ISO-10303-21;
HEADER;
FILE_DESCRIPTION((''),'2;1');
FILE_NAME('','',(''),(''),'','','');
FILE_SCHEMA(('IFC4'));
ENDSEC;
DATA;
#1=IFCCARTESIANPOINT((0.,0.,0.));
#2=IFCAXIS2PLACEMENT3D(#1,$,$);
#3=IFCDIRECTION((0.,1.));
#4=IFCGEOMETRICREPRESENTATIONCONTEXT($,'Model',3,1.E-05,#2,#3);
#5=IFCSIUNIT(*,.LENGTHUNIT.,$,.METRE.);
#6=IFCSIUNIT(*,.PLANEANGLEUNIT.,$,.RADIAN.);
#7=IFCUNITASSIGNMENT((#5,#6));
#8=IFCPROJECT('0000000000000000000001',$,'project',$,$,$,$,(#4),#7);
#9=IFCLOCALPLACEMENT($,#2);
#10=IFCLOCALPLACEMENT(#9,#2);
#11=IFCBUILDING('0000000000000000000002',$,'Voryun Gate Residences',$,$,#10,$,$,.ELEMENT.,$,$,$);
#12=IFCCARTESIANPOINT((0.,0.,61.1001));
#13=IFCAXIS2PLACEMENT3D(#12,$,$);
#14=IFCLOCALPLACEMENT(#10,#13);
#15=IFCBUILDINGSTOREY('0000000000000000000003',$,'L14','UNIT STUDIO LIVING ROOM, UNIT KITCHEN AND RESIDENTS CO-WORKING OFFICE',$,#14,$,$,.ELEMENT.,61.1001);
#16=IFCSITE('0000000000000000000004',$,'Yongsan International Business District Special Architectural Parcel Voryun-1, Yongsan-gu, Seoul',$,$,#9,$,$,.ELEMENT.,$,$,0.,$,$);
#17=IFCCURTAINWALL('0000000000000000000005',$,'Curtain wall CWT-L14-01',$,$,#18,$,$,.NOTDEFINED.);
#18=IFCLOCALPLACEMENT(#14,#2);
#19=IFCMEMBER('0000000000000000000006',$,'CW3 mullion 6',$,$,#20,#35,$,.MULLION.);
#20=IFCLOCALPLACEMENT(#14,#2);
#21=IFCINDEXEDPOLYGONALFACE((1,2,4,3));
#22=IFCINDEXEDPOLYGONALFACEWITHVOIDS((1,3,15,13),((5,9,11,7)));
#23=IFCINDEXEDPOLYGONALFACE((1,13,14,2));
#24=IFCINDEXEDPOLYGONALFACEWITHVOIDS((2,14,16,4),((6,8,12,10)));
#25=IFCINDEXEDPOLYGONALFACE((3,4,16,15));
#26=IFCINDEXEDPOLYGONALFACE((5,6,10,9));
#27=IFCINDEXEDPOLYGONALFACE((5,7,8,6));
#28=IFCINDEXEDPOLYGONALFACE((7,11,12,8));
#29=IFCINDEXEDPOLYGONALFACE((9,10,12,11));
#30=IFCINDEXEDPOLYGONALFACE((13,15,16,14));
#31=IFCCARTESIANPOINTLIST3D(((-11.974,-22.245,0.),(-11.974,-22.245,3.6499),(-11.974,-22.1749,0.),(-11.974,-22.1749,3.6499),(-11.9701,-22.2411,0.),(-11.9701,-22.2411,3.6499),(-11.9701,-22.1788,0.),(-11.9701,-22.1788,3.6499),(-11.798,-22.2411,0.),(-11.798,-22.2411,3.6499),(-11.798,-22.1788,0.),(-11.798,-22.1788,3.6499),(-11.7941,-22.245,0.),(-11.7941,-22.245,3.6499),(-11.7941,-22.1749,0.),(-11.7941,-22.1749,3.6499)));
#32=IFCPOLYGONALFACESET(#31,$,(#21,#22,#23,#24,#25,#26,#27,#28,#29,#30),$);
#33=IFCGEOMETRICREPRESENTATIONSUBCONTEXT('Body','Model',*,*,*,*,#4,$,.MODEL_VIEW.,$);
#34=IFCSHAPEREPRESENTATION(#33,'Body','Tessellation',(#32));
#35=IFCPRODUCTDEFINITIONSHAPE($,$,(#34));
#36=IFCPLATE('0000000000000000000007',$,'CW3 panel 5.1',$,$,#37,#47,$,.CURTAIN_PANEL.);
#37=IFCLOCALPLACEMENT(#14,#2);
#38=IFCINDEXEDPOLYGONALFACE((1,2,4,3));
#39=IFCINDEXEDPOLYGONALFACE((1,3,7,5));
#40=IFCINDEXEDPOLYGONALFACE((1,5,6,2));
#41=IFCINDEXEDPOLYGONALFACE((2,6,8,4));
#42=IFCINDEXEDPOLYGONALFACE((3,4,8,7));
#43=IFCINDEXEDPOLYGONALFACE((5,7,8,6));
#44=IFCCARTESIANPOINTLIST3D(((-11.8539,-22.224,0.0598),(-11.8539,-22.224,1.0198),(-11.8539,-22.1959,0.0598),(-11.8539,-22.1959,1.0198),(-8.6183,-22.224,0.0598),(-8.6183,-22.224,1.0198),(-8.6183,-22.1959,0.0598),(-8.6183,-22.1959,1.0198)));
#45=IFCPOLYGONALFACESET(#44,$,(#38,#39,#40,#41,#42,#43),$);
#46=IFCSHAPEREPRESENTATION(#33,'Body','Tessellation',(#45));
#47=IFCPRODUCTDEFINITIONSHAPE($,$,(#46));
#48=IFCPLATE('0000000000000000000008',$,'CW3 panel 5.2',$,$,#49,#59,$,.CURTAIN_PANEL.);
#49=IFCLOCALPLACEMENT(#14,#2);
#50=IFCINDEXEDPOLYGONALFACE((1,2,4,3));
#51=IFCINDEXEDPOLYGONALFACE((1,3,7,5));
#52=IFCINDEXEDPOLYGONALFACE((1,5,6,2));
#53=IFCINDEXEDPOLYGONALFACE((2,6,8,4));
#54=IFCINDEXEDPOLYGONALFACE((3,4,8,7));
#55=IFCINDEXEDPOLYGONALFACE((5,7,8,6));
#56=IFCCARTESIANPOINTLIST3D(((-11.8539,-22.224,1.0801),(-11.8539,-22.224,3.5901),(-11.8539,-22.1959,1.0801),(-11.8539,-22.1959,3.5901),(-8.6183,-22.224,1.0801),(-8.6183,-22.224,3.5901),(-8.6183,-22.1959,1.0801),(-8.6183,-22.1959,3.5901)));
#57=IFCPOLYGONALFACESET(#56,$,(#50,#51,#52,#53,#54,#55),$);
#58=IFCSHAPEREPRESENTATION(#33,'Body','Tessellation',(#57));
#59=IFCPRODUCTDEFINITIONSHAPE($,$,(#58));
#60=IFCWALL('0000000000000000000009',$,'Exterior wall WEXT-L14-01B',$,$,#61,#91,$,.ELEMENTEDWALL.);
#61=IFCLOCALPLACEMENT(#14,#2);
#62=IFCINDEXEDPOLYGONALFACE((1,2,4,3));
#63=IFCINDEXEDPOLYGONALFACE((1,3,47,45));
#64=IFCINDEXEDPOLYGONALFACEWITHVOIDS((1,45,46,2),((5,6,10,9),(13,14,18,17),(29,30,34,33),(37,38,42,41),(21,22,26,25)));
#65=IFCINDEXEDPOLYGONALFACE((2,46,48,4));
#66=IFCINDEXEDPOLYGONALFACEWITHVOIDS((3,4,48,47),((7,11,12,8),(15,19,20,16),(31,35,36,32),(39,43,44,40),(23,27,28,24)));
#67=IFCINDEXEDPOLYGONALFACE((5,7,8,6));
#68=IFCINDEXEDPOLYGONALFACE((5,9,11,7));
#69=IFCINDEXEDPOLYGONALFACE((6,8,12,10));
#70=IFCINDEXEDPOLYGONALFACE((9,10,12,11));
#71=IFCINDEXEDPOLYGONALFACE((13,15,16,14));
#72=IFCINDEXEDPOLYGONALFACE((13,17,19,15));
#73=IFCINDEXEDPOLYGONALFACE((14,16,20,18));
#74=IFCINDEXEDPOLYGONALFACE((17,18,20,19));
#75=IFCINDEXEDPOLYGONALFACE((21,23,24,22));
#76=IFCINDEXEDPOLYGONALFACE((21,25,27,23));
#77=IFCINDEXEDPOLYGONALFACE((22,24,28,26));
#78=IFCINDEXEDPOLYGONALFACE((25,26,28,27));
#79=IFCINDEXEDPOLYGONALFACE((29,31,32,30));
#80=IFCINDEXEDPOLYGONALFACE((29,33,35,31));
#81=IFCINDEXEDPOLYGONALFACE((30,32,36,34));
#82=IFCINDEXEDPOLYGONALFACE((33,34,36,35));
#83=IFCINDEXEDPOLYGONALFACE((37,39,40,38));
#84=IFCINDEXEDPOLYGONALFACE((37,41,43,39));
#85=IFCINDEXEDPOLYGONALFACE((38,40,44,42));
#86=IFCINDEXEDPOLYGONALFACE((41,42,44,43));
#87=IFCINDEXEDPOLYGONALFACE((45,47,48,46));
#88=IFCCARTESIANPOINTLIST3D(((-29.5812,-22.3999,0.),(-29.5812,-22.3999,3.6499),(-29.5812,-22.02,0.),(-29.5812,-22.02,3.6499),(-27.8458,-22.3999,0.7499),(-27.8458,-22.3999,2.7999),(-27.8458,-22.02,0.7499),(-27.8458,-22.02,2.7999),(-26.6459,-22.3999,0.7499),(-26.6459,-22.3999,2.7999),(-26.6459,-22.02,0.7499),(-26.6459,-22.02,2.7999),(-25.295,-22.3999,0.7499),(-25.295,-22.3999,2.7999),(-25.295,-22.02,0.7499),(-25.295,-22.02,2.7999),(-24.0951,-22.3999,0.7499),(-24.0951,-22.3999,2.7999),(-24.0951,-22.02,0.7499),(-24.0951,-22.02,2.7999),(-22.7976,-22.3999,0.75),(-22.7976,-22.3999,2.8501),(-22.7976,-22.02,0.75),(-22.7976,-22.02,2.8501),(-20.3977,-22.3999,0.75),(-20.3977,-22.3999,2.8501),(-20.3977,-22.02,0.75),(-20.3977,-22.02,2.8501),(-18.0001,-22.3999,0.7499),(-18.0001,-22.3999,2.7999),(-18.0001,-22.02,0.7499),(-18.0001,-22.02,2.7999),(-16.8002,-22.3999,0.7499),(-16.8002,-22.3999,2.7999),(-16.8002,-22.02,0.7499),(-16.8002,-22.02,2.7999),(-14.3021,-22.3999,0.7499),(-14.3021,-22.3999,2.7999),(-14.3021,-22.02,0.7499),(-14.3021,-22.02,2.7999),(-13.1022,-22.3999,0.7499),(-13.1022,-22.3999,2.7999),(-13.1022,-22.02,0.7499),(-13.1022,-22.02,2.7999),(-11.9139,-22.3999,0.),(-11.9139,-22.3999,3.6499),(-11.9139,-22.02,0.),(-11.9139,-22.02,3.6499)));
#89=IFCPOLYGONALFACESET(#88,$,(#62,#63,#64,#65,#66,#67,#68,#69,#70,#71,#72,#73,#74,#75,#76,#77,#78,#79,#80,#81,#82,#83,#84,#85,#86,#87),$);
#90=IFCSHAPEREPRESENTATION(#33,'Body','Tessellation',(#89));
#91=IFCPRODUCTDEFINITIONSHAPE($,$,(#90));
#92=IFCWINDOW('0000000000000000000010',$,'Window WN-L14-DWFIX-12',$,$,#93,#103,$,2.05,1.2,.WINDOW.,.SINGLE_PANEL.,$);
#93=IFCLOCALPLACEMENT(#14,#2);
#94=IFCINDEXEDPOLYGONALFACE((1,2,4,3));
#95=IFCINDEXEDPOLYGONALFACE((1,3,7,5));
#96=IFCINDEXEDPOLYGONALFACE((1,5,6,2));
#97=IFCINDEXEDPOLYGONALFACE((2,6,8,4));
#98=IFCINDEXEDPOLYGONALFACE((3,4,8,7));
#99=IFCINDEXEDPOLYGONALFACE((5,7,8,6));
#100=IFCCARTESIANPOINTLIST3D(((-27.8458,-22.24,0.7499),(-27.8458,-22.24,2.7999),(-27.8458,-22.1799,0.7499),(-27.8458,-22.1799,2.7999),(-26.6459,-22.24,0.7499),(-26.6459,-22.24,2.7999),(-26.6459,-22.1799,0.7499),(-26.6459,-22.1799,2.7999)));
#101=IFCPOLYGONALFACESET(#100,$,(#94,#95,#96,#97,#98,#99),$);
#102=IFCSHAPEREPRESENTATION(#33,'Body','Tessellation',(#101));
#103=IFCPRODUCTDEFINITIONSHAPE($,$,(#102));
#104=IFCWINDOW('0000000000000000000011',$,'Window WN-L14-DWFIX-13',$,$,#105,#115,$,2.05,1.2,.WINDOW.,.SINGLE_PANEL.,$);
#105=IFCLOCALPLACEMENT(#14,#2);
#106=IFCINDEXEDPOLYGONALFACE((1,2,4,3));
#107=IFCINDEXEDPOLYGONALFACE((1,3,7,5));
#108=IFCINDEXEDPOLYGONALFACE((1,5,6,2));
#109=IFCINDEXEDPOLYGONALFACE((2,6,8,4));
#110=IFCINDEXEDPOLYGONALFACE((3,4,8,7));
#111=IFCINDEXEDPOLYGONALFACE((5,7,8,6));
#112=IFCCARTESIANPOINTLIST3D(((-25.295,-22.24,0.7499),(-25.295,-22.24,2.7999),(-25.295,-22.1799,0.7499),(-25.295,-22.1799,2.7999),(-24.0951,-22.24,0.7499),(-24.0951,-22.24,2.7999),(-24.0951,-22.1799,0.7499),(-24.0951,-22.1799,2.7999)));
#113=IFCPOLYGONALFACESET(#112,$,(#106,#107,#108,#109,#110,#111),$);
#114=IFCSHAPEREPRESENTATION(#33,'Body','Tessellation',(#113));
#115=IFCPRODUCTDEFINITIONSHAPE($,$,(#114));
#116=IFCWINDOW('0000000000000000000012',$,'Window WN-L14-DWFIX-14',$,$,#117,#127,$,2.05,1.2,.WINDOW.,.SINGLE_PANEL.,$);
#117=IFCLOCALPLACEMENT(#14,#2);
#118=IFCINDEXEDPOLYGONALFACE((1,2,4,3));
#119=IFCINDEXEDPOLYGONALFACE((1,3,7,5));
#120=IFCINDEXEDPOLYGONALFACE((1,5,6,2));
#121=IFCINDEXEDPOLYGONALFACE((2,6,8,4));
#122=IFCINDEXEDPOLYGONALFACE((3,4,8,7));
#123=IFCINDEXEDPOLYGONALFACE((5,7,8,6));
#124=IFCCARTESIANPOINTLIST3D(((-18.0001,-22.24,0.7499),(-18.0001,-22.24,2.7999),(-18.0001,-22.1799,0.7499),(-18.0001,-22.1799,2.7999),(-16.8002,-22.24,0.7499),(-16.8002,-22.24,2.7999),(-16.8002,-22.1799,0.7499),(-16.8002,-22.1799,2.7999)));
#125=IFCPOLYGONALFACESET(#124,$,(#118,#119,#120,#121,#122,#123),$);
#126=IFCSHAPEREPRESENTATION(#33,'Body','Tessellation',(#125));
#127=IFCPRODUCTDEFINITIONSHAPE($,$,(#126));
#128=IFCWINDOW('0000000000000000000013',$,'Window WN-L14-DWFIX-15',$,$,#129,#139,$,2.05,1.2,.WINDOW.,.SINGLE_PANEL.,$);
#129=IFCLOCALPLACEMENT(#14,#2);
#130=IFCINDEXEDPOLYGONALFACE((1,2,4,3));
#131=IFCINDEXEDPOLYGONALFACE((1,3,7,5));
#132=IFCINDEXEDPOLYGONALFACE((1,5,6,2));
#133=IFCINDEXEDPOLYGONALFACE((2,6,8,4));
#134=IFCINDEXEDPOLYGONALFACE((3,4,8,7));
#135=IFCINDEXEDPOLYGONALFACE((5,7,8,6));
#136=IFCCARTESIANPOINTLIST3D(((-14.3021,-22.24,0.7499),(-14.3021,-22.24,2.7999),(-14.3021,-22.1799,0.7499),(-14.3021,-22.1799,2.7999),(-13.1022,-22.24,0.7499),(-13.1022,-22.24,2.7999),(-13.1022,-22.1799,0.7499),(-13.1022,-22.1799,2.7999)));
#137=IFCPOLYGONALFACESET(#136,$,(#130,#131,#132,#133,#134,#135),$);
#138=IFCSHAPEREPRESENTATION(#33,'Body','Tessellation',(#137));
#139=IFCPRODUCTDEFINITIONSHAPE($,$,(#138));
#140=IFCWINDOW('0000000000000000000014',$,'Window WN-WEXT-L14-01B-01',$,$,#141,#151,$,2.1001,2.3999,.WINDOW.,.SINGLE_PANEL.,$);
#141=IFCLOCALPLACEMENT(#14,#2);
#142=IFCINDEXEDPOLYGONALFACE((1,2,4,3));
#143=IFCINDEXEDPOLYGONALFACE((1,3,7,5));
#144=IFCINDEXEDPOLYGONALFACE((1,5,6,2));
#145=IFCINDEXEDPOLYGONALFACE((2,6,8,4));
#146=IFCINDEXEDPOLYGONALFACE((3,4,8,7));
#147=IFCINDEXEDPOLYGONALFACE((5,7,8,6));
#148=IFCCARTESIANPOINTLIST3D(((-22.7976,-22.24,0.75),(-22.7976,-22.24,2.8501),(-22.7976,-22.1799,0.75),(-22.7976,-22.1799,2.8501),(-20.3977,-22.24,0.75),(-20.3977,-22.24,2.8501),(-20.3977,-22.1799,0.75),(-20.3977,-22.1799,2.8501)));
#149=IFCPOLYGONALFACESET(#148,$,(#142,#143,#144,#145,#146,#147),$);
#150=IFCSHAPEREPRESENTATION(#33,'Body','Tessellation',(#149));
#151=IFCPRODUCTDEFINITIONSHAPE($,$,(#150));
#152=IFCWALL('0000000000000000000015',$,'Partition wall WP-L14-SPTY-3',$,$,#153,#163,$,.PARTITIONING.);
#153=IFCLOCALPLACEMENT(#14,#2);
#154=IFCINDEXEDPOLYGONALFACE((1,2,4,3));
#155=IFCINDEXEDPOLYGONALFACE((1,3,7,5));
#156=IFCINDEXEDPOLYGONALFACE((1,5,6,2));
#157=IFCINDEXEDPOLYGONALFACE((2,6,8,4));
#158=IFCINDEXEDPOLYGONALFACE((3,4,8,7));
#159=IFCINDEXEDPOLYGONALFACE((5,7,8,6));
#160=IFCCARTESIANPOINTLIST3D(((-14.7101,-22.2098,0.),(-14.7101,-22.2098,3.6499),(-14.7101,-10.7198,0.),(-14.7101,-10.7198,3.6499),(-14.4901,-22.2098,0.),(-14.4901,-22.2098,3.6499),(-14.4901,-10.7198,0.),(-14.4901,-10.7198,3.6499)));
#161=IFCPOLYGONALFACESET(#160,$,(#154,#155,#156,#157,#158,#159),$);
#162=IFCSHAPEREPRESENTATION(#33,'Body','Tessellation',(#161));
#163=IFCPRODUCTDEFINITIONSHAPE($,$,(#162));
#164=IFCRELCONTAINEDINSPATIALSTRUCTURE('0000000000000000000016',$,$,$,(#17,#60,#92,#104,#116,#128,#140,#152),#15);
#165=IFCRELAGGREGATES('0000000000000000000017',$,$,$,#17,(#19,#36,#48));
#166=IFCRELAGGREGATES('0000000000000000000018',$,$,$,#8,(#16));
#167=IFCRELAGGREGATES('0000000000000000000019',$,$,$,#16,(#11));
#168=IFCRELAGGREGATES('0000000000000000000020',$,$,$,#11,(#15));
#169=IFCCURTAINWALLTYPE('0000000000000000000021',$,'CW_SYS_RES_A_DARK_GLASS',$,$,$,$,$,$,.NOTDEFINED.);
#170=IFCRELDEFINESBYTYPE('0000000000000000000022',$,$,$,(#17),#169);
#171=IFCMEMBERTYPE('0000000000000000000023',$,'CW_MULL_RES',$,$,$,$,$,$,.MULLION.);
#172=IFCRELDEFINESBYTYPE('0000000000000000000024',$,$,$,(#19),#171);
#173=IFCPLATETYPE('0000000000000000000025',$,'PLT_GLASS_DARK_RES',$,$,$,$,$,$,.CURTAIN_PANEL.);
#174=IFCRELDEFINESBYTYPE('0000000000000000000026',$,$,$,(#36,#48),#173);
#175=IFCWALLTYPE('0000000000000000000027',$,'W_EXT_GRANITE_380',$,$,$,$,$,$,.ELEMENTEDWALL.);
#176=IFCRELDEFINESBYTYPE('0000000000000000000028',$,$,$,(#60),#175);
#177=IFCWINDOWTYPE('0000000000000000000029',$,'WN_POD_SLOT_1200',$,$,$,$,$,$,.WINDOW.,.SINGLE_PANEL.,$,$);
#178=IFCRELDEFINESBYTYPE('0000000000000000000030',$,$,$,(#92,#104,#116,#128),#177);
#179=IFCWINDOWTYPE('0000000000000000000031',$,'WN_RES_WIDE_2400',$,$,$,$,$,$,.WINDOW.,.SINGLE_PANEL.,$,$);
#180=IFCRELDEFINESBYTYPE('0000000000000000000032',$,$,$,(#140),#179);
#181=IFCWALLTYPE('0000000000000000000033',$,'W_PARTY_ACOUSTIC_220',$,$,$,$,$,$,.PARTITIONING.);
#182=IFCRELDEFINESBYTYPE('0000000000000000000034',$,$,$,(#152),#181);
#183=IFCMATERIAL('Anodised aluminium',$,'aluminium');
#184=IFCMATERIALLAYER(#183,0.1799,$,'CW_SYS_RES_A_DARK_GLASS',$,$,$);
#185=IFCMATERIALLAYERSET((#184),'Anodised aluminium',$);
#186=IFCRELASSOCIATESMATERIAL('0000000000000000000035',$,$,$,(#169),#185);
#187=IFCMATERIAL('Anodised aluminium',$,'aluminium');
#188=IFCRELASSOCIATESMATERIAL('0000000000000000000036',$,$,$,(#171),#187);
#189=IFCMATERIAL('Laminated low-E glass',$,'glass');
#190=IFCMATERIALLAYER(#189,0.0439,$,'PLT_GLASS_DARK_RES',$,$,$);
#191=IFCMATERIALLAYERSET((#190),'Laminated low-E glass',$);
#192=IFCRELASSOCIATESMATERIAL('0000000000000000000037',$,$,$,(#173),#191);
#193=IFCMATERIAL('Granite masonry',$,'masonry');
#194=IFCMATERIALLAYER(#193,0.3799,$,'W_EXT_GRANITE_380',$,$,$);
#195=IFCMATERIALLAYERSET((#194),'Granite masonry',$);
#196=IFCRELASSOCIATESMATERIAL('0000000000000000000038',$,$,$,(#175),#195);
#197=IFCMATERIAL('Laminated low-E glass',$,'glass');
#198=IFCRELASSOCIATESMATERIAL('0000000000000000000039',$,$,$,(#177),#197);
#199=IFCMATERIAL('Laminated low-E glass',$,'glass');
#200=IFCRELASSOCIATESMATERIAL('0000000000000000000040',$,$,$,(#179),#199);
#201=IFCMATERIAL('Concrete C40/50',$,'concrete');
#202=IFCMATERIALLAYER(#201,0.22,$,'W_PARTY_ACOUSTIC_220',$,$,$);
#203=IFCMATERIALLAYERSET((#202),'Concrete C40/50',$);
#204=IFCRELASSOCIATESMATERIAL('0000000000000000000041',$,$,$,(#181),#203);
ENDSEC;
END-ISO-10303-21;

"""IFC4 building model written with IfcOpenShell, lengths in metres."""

from ifc_helpers import new_model, si_unit, direction, frame, frame_2d, origin, origin_2d, place, context, subcontext, project, spatial, rectangle, hollow_rectangle, extrude, material, layer, layer_set, material_profile, profile_set, type_object, element, fill, aggregate, save


model = new_model("IFC4")

# Units and contexts
model_context = context("Model", 3, precision=1e-05, world=origin(), true_north=direction((0.0, 1.0)))
body_context = subcontext(model_context, "Body", "Model", "MODEL_VIEW")
ifc_project = project(units=[si_unit("LENGTHUNIT", "METRE"), si_unit("PLANEANGLEUNIT", "RADIAN")], contexts=[model_context])

# Site, building, storey
site_placement = place(None, origin())
site = spatial("IfcSite", under=ifc_project, at=site_placement, Name="Yongsan International Business District Special Architectural Parcel Voryun-1, Yongsan-gu, Seoul", CompositionType="ELEMENT", RefElevation=0.0)
building_placement = place(site_placement, origin())
building = spatial("IfcBuilding", under=site, at=building_placement, Name="Voryun Gate Residences", CompositionType="ELEMENT")
storey_placement = place(building_placement, frame((0.0, 0.0, 61.1001)))
storey = spatial("IfcBuildingStorey", under=building, at=storey_placement, Name="L14", Description="UNIT STUDIO LIVING ROOM, UNIT KITCHEN AND RESIDENTS CO-WORKING OFFICE", CompositionType="ELEMENT", Elevation=61.1001)

# Curtain wall, member, plates
ifc_material_1 = material(Name="Anodised aluminium", Category="aluminium")
ifc_layer_1 = layer(ifc_material_1, 0.1799, Name="CW_SYS_RES_A_DARK_GLASS")
ifc_layer_set_1 = layer_set([ifc_layer_1], Name="Anodised aluminium")
curtain_wall_type = type_object("IfcCurtainWallType", Name="CW_SYS_RES_A_DARK_GLASS", PredefinedType="NOTDEFINED", material=ifc_layer_set_1)
curtain_wall_placement = place(storey_placement, origin())
curtain_wall = element("IfcCurtainWall", 1, at=curtain_wall_placement, inside=storey, type_object=curtain_wall_type, Name="Curtain wall CWT-L14-01", PredefinedType="NOTDEFINED")
ifc_material_2 = material(Name="Anodised aluminium", Category="aluminium")
ifc_material_profile = material_profile(ifc_material_2, hollow_rectangle(XDim=0.0701, YDim=0.1799, WallThickness=0.0039, at=origin_2d()), Name="ALU-MULL-180x70x4")
ifc_profile_set = profile_set([ifc_material_profile], Name="Anodised aluminium")
member_type = type_object("IfcMemberType", Name="CW_MULL_RES", PredefinedType="MULLION", material=ifc_profile_set)
member_placement = place(storey_placement, frame((-11.884, -22.21, 0.0), z_axis=(0.0, 0.0, 1.0), x_axis=(0.0, -1.0, 0.0)))
member = element("IfcMember", 2, at=member_placement, type_object=member_type, Name="CW3 mullion 6", PredefinedType="MULLION", context=body_context, shape_type="SweptSolid", body=[
    extrude(hollow_rectangle(XDim=0.0701, YDim=0.1799, WallThickness=0.0039, at=origin_2d()), origin(), (0.0, 0.0, 1.0), 3.6499),
])
ifc_material_3 = material(Name="Laminated low-E glass", Category="glass")
ifc_layer_2 = layer(ifc_material_3, 0.0439, Name="PLT_GLASS_DARK_RES")
ifc_layer_set_2 = layer_set([ifc_layer_2], Name="Laminated low-E glass")
plate_type = type_object("IfcPlateType", Name="PLT_GLASS_DARK_RES", PredefinedType="CURTAIN_PANEL", material=ifc_layer_set_2)
plate_1_placement = place(storey_placement, frame((-10.2361, -22.21, 0.0598), z_axis=(0.0, 0.0, 1.0), x_axis=(-1.0, 0.0, 0.0)))
plate_1 = element("IfcPlate", 3, at=plate_1_placement, type_object=plate_type, Name="CW3 panel 5.1", PredefinedType="CURTAIN_PANEL", context=body_context, shape_type="SweptSolid", body=[
    extrude(rectangle(XDim=3.2356, YDim=0.0281, at=origin_2d()), origin(), (0.0, 0.0, 1.0), 0.96),
])
plate_2_placement = place(storey_placement, frame((-10.2361, -22.21, 1.0801), z_axis=(0.0, 0.0, 1.0), x_axis=(-1.0, 0.0, 0.0)))
plate_2 = element("IfcPlate", 4, at=plate_2_placement, type_object=plate_type, Name="CW3 panel 5.2", PredefinedType="CURTAIN_PANEL", context=body_context, shape_type="SweptSolid", body=[
    extrude(rectangle(XDim=3.2356, YDim=0.0281, at=origin_2d()), origin(), (0.0, 0.0, 1.0), 2.51),
])
aggregate(curtain_wall, [member, plate_1, plate_2])

# Wall, openings, windows
ifc_material_4 = material(Name="Granite masonry", Category="masonry")
ifc_layer_3 = layer(ifc_material_4, 0.3799, Name="W_EXT_GRANITE_380")
ifc_layer_set_3 = layer_set([ifc_layer_3], Name="Granite masonry")
wall_type_1 = type_object("IfcWallType", Name="W_EXT_GRANITE_380", PredefinedType="ELEMENTEDWALL", material=ifc_layer_set_3)
wall_1_placement = place(storey_placement, frame((-11.9141, -22.21, 0.0), z_axis=(0.0, 0.0, 1.0), x_axis=(-1.0, 0.0, 0.0)))
wall_1 = element("IfcWall", 5, at=wall_1_placement, inside=storey, type_object=wall_type_1, Name="Exterior wall WEXT-L14-01B", PredefinedType="ELEMENTEDWALL", context=body_context, shape_type="SweptSolid", body=[
    extrude(rectangle(XDim=17.6672, YDim=0.3799, at=frame_2d((8.8335, 0.0))), origin(), (0.0, 0.0, 1.0), 3.6499),
])
opening_1_placement = place(wall_1_placement, frame((8.4836, 0.0, 0.75)))
opening_1 = element("IfcOpeningElement", 6, at=opening_1_placement, cuts=wall_1, PredefinedType="OPENING", context=body_context, shape_type="SweptSolid", body=[
    extrude(rectangle(XDim=2.3999, YDim=2.1001, at=frame_2d((1.2, 1.05))), frame((0.0, 0.2, 0.0), z_axis=(0.0, -1.0, 0.0), x_axis=(1.0, 0.0, 0.0)), (0.0, 0.0, 1.0), 0.3999),
])
opening_2_placement = place(wall_1_placement, frame((14.7317, 0.0, 0.75)))
opening_2 = element("IfcOpeningElement", 7, at=opening_2_placement, cuts=wall_1, PredefinedType="OPENING", context=body_context, shape_type="SweptSolid", body=[
    extrude(rectangle(XDim=1.2, YDim=2.05, at=frame_2d((0.6001, 1.0249))), frame((0.0, 0.2, 0.0), z_axis=(0.0, -1.0, 0.0), x_axis=(1.0, 0.0, 0.0)), (0.0, 0.0, 1.0), 0.3999),
])
opening_3_placement = place(wall_1_placement, frame((12.1809, 0.0, 0.75)))
opening_3 = element("IfcOpeningElement", 8, at=opening_3_placement, cuts=wall_1, PredefinedType="OPENING", context=body_context, shape_type="SweptSolid", body=[
    extrude(rectangle(XDim=1.2, YDim=2.05, at=frame_2d((0.6001, 1.0249))), frame((0.0, 0.2, 0.0), z_axis=(0.0, -1.0, 0.0), x_axis=(1.0, 0.0, 0.0)), (0.0, 0.0, 1.0), 0.3999),
])
opening_4_placement = place(wall_1_placement, frame((4.886, 0.0, 0.75)))
opening_4 = element("IfcOpeningElement", 9, at=opening_4_placement, cuts=wall_1, PredefinedType="OPENING", context=body_context, shape_type="SweptSolid", body=[
    extrude(rectangle(XDim=1.2, YDim=2.05, at=frame_2d((0.6001, 1.0249))), frame((0.0, 0.2, 0.0), z_axis=(0.0, -1.0, 0.0), x_axis=(1.0, 0.0, 0.0)), (0.0, 0.0, 1.0), 0.3999),
])
opening_5_placement = place(wall_1_placement, frame((1.188, 0.0, 0.75)))
opening_5 = element("IfcOpeningElement", 10, at=opening_5_placement, cuts=wall_1, PredefinedType="OPENING", context=body_context, shape_type="SweptSolid", body=[
    extrude(rectangle(XDim=1.2, YDim=2.05, at=frame_2d((0.6001, 1.0249))), frame((0.0, 0.2, 0.0), z_axis=(0.0, -1.0, 0.0), x_axis=(1.0, 0.0, 0.0)), (0.0, 0.0, 1.0), 0.3999),
])
ifc_material_5 = material(Name="Laminated low-E glass", Category="glass")
window_type_1 = type_object("IfcWindowType", Name="WN_POD_SLOT_1200", PartitioningType="SINGLE_PANEL", PredefinedType="WINDOW", material=ifc_material_5)
window_1_placement = place(opening_2_placement, origin())
window_1 = element("IfcWindow", 11, at=window_1_placement, inside=storey, type_object=window_type_1, Name="Window WN-L14-DWFIX-12", OverallHeight=2.05, OverallWidth=1.2, PartitioningType="SINGLE_PANEL", PredefinedType="WINDOW", context=body_context, shape_type="SweptSolid", body=[
    extrude(rectangle(XDim=1.2, YDim=2.05, at=frame_2d((0.6001, 1.0249))), frame((0.0, 0.03, 0.0), z_axis=(0.0, -1.0, 0.0), x_axis=(1.0, 0.0, 0.0)), (0.0, 0.0, 1.0), 0.0601),
])
fill(opening_2, window_1)
window_2_placement = place(opening_3_placement, origin())
window_2 = element("IfcWindow", 12, at=window_2_placement, inside=storey, type_object=window_type_1, Name="Window WN-L14-DWFIX-13", OverallHeight=2.05, OverallWidth=1.2, PartitioningType="SINGLE_PANEL", PredefinedType="WINDOW", context=body_context, shape_type="SweptSolid", body=[
    extrude(rectangle(XDim=1.2, YDim=2.05, at=frame_2d((0.6001, 1.0249))), frame((0.0, 0.03, 0.0), z_axis=(0.0, -1.0, 0.0), x_axis=(1.0, 0.0, 0.0)), (0.0, 0.0, 1.0), 0.0601),
])
fill(opening_3, window_2)
window_3_placement = place(opening_4_placement, origin())
window_3 = element("IfcWindow", 13, at=window_3_placement, inside=storey, type_object=window_type_1, Name="Window WN-L14-DWFIX-14", OverallHeight=2.05, OverallWidth=1.2, PartitioningType="SINGLE_PANEL", PredefinedType="WINDOW", context=body_context, shape_type="SweptSolid", body=[
    extrude(rectangle(XDim=1.2, YDim=2.05, at=frame_2d((0.6001, 1.0249))), frame((0.0, 0.03, 0.0), z_axis=(0.0, -1.0, 0.0), x_axis=(1.0, 0.0, 0.0)), (0.0, 0.0, 1.0), 0.0601),
])
fill(opening_4, window_3)
window_4_placement = place(opening_5_placement, origin())
window_4 = element("IfcWindow", 14, at=window_4_placement, inside=storey, type_object=window_type_1, Name="Window WN-L14-DWFIX-15", OverallHeight=2.05, OverallWidth=1.2, PartitioningType="SINGLE_PANEL", PredefinedType="WINDOW", context=body_context, shape_type="SweptSolid", body=[
    extrude(rectangle(XDim=1.2, YDim=2.05, at=frame_2d((0.6001, 1.0249))), frame((0.0, 0.03, 0.0), z_axis=(0.0, -1.0, 0.0), x_axis=(1.0, 0.0, 0.0)), (0.0, 0.0, 1.0), 0.0601),
])
fill(opening_5, window_4)
ifc_material_6 = material(Name="Laminated low-E glass", Category="glass")
window_type_2 = type_object("IfcWindowType", Name="WN_RES_WIDE_2400", PartitioningType="SINGLE_PANEL", PredefinedType="WINDOW", material=ifc_material_6)
window_5_placement = place(opening_1_placement, origin())
window_5 = element("IfcWindow", 15, at=window_5_placement, inside=storey, type_object=window_type_2, Name="Window WN-WEXT-L14-01B-01", OverallHeight=2.1001, OverallWidth=2.3999, PartitioningType="SINGLE_PANEL", PredefinedType="WINDOW", context=body_context, shape_type="SweptSolid", body=[
    extrude(rectangle(XDim=2.3999, YDim=2.1001, at=frame_2d((1.2, 1.05))), frame((0.0, 0.03, 0.0), z_axis=(0.0, -1.0, 0.0), x_axis=(1.0, 0.0, 0.0)), (0.0, 0.0, 1.0), 0.0601),
])
fill(opening_1, window_5)

# Wall
ifc_material_7 = material(Name="Concrete C40/50", Category="concrete")
ifc_layer_4 = layer(ifc_material_7, 0.22, Name="W_PARTY_ACOUSTIC_220")
ifc_layer_set_4 = layer_set([ifc_layer_4], Name="Concrete C40/50")
wall_type_2 = type_object("IfcWallType", Name="W_PARTY_ACOUSTIC_220", PredefinedType="PARTITIONING", material=ifc_layer_set_4)
wall_2_placement = place(storey_placement, frame((-14.6001, -22.21, 0.0), z_axis=(0.0, 0.0, 1.0), x_axis=(0.0, 1.0, 0.0)))
element("IfcWall", 16, at=wall_2_placement, inside=storey, type_object=wall_type_2, Name="Partition wall WP-L14-SPTY-3", PredefinedType="PARTITIONING", context=body_context, shape_type="SweptSolid", body=[
    extrude(rectangle(XDim=11.49, YDim=0.22, at=frame_2d((5.7451, 0.0))), origin(), (0.0, 0.0, 1.0), 3.6499),
])

save(model, "model.ifc")
